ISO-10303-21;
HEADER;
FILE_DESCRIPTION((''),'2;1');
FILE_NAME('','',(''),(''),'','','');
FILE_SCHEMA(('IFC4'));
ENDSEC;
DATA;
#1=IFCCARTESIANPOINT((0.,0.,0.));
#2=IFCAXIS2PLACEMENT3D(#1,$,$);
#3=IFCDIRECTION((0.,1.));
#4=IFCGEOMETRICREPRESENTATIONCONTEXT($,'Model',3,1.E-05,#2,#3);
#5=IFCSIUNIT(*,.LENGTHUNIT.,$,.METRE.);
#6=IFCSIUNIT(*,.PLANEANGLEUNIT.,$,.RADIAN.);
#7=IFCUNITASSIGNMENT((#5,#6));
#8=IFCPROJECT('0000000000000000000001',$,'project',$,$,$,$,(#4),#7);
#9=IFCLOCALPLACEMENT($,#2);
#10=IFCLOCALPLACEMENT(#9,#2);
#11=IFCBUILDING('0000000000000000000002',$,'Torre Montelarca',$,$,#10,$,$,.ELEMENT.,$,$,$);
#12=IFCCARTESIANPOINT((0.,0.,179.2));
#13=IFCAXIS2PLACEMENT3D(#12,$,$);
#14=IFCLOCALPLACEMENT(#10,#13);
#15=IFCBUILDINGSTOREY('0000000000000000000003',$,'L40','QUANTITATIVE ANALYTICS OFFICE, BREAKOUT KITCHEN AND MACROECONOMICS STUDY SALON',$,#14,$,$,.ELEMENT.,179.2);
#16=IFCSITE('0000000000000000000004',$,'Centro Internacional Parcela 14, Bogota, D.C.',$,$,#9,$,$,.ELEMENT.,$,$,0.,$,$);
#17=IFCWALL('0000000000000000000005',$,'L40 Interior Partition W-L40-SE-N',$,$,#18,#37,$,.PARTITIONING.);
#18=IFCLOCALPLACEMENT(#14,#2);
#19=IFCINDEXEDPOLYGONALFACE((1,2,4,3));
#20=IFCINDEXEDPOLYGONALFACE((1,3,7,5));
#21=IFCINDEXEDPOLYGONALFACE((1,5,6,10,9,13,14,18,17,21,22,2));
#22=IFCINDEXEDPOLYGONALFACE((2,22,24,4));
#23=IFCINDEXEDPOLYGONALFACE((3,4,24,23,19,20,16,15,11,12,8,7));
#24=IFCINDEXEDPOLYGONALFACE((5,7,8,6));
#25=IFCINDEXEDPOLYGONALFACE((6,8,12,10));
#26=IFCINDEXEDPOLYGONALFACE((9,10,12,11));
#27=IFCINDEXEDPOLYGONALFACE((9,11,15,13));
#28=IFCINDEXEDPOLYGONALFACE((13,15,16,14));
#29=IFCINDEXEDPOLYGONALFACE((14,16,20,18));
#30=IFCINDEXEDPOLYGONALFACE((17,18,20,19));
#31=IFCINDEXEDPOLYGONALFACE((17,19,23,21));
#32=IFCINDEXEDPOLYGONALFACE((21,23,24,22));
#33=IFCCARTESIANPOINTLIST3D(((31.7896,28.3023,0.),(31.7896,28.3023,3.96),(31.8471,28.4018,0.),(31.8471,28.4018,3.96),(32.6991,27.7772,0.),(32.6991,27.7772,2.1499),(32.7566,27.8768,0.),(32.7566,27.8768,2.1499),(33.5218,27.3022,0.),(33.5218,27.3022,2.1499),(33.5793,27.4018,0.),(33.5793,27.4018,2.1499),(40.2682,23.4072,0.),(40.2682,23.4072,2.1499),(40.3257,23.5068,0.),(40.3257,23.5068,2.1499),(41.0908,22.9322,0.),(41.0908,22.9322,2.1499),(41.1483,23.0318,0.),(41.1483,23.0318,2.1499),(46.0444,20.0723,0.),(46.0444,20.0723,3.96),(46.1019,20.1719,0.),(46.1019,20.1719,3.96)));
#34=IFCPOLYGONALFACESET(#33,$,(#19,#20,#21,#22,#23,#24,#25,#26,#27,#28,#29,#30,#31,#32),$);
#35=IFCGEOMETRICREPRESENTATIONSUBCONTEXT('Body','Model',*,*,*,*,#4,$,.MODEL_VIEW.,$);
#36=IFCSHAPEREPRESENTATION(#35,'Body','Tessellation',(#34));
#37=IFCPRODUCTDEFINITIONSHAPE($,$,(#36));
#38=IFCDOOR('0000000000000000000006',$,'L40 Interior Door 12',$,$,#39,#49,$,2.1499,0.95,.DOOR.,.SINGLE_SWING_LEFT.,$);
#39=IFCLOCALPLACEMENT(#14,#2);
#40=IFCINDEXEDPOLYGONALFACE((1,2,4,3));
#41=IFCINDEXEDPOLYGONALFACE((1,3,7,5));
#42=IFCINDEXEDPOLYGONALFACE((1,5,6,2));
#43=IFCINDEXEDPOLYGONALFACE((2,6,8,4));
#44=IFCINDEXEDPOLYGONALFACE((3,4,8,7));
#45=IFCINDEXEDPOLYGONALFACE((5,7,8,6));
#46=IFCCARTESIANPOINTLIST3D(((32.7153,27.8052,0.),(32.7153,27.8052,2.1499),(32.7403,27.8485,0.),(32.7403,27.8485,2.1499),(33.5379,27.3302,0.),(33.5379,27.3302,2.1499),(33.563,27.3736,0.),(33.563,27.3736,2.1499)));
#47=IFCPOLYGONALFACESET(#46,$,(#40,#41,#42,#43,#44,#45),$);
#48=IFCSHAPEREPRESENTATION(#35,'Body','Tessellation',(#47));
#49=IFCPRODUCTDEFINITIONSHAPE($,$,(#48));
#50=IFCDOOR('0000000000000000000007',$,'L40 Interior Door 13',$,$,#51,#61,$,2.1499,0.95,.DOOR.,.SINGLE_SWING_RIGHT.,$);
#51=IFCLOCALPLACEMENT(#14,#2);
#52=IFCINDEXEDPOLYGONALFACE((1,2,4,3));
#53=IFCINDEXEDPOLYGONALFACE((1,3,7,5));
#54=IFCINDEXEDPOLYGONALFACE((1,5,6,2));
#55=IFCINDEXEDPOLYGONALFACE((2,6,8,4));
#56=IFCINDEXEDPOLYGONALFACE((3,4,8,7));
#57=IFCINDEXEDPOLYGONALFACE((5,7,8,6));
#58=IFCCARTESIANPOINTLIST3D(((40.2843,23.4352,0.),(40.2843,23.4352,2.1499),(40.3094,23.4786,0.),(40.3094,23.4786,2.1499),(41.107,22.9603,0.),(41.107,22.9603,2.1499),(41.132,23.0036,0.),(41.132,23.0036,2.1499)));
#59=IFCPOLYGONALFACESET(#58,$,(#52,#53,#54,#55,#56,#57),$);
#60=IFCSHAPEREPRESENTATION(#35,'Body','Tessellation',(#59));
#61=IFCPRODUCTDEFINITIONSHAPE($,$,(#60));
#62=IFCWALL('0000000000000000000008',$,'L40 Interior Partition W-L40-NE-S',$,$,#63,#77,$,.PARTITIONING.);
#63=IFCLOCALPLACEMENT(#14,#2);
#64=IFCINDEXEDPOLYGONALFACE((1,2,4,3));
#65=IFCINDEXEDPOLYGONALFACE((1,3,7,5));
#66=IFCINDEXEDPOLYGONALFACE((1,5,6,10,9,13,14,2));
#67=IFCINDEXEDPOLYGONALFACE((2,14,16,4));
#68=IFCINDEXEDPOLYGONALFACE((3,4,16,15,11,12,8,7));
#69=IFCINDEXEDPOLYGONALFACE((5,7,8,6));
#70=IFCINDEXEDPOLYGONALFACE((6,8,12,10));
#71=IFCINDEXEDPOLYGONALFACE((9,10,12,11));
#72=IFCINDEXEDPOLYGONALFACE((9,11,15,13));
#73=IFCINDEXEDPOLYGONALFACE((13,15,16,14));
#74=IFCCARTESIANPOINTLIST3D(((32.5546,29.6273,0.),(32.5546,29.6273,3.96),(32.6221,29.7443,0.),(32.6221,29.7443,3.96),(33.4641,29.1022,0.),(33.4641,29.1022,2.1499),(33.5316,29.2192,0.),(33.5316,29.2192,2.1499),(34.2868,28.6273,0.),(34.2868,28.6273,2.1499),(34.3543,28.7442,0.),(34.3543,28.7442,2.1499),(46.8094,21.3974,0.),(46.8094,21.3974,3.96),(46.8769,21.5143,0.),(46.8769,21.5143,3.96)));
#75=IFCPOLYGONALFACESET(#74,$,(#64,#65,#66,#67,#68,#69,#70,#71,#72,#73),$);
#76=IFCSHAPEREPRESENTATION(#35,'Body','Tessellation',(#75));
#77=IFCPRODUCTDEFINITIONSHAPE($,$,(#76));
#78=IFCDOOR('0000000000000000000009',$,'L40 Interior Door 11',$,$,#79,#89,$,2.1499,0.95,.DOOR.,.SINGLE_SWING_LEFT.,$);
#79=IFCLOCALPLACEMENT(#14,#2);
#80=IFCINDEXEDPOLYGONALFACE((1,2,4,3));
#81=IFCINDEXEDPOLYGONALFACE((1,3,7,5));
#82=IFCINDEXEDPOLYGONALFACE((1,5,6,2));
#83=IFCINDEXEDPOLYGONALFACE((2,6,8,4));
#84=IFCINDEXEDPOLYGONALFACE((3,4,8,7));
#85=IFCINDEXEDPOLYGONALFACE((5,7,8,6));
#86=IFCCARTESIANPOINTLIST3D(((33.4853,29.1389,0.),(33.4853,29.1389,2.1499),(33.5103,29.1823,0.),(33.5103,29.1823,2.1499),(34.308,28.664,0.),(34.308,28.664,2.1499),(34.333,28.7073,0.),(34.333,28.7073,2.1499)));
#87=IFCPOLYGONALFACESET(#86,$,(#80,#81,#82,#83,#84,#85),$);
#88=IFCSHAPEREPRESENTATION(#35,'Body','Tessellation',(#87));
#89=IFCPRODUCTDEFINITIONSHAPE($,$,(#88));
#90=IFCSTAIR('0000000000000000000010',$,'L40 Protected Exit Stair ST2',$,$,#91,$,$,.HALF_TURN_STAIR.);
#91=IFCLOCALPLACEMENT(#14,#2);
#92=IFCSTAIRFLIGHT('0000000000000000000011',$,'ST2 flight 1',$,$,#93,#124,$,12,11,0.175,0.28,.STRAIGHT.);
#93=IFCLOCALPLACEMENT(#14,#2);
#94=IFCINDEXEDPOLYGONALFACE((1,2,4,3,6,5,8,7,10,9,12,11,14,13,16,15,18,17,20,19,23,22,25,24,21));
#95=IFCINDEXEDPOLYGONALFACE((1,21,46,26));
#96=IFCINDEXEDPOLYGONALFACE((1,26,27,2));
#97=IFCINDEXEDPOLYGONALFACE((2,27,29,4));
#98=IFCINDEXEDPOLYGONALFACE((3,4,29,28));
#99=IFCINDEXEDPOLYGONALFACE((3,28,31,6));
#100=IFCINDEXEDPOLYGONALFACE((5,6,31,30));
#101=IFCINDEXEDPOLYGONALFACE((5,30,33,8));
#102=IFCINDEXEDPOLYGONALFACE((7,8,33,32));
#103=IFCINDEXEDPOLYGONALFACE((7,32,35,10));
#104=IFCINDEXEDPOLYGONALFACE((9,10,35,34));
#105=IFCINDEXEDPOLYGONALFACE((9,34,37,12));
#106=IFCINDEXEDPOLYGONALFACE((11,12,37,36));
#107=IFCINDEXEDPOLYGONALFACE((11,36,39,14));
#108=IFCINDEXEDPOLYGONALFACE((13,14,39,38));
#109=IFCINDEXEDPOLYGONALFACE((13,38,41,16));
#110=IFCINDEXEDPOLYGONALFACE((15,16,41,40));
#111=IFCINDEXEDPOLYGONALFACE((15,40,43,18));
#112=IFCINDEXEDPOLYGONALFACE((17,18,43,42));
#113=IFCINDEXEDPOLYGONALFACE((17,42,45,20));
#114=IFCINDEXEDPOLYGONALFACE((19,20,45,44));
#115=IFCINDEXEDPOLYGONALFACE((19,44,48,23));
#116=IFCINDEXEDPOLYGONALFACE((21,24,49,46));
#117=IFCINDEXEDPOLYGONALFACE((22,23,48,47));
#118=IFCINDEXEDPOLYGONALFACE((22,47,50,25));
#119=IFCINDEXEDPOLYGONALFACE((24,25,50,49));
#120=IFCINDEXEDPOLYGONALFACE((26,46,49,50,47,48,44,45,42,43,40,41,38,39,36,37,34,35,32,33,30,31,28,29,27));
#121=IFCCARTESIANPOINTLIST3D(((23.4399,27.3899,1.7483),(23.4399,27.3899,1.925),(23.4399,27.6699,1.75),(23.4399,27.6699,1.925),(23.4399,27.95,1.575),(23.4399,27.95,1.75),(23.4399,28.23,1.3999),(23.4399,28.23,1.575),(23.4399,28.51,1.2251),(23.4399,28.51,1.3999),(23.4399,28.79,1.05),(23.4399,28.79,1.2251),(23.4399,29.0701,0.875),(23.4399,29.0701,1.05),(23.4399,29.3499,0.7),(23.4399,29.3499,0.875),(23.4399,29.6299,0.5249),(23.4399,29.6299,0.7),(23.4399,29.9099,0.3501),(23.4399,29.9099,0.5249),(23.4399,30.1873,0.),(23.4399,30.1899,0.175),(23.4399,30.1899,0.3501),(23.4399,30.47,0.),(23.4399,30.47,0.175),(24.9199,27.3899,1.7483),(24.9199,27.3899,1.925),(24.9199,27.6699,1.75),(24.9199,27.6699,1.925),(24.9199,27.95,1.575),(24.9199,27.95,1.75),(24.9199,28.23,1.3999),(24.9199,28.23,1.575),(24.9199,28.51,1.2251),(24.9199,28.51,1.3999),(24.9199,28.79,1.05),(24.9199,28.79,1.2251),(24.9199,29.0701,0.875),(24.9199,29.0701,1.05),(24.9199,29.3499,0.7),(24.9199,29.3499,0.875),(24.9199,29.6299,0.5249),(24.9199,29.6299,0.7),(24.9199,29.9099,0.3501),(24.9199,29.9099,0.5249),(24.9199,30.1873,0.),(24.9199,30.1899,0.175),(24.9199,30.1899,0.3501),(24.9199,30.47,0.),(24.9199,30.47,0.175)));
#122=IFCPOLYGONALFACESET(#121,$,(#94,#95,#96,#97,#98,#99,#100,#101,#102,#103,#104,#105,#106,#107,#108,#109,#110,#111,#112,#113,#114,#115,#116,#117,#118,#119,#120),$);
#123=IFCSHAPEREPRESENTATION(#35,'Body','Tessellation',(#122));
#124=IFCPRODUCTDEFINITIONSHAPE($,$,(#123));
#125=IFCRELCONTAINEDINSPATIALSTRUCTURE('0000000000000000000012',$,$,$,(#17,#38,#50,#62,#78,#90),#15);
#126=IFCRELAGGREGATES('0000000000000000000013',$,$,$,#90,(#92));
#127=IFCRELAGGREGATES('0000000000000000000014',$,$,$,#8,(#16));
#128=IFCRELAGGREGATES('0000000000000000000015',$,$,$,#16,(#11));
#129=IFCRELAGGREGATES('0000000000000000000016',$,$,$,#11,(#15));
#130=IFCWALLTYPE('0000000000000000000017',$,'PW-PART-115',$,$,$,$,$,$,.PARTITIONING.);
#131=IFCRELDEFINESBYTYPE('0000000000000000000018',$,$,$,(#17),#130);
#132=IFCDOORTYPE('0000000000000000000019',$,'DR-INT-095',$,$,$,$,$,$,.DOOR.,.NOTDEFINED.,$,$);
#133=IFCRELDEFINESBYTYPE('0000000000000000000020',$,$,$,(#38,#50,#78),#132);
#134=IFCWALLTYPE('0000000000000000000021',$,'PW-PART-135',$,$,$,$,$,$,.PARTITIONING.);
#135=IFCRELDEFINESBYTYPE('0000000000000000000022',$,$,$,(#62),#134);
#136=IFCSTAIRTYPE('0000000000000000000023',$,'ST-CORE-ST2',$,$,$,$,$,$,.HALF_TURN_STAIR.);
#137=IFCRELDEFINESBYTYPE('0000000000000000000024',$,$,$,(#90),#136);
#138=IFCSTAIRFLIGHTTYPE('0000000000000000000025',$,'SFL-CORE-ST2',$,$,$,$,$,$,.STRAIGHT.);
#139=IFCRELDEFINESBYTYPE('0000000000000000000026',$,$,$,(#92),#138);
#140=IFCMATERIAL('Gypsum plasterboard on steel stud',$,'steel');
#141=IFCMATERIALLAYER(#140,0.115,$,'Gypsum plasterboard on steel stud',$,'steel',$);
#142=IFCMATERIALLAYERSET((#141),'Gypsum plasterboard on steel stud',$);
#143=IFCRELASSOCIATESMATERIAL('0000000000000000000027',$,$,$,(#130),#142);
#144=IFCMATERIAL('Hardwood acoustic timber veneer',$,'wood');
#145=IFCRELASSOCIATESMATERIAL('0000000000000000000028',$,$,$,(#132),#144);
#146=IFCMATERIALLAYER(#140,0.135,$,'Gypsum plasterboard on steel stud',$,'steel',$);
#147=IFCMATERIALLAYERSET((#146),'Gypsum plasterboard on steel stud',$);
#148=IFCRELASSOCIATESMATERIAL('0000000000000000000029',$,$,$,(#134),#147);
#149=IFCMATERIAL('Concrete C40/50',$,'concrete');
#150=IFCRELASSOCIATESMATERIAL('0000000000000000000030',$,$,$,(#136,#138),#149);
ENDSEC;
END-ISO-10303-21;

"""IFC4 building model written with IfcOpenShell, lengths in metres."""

from ifc_helpers import new_model, si_unit, direction, frame, frame_2d, origin, place, context, subcontext, project, spatial, polyline, rectangle, outline, extrude, source, transform, mapped, material, layer, layer_set, type_object, element, fill, aggregate, save


model = new_model("IFC4")

# Units and contexts
model_context = context("Model", 3, precision=1e-05, world=origin(), true_north=direction((0.0, 1.0)))
body_context = subcontext(model_context, "Body", "Model", "MODEL_VIEW")
ifc_project = project(units=[si_unit("LENGTHUNIT", "METRE"), si_unit("PLANEANGLEUNIT", "RADIAN")], contexts=[model_context])

# Site, building, storey
site_placement = place(None, origin())
site = spatial("IfcSite", under=ifc_project, at=site_placement, Name="Centro Internacional Parcela 14, Bogota, D.C.", CompositionType="ELEMENT", RefElevation=0.0)
building_placement = place(site_placement, origin())
building = spatial("IfcBuilding", under=site, at=building_placement, Name="Torre Montelarca", CompositionType="ELEMENT")
storey_placement = place(building_placement, frame((0.0, 0.0, 179.2)))
storey = spatial("IfcBuildingStorey", under=building, at=storey_placement, Name="L40", Description="QUANTITATIVE ANALYTICS OFFICE, BREAKOUT KITCHEN AND MACROECONOMICS STUDY SALON", CompositionType="ELEMENT", Elevation=179.2)

# Shared definitions
ifc_material_1 = material(Name="Concrete C40/50", Category="concrete")

# Shared definitions
ifc_material_2 = material(Name="Gypsum plasterboard on steel stud", Category="steel")

# Wall, openings, doors
ifc_layer_1 = layer(ifc_material_2, 0.115, Name="Gypsum plasterboard on steel stud", Category="steel")
ifc_layer_set_1 = layer_set([ifc_layer_1], Name="Gypsum plasterboard on steel stud")
wall_type_1 = type_object("IfcWallType", Name="PW-PART-115", PredefinedType="PARTITIONING", material=ifc_layer_set_1)
wall_1_placement = place(storey_placement, frame((31.8184, 28.3521, 0.0), z_axis=(0.0, 0.0, 1.0), x_axis=(0.866028, -0.499996, 0.0)))
wall_1 = element("IfcWall", 1, at=wall_1_placement, inside=storey, type_object=wall_type_1, Name="L40 Interior Partition W-L40-SE-N", PredefinedType="PARTITIONING", context=body_context, shape_type="SweptSolid", body=[
    extrude(rectangle(XDim=16.46, YDim=0.115, at=frame_2d((8.23, 0.0))), origin(), (0.0, 0.0, 1.0), 3.96),
])
opening_1_placement = place(wall_1_placement, frame((1.05, 0.0, 0.0)))
opening_1 = element("IfcOpeningElement", 2, at=opening_1_placement, cuts=wall_1, PredefinedType="OPENING", context=body_context, shape_type="SweptSolid", body=[
    extrude(rectangle(XDim=0.95, YDim=2.1499, at=frame_2d((0.4751, 1.075))), frame((0.0, 0.0674, 0.0), z_axis=(0.0, -1.0, 0.0), x_axis=(1.0, 0.0, 0.0)), (0.0, 0.0, 1.0), 0.135),
])
opening_2_placement = place(wall_1_placement, frame((9.79, 0.0, 0.0)))
opening_2 = element("IfcOpeningElement", 3, at=opening_2_placement, cuts=wall_1, PredefinedType="OPENING", context=body_context, shape_type="SweptSolid", body=[
    extrude(rectangle(XDim=0.95, YDim=2.1499, at=frame_2d((0.4751, 1.075))), frame((0.0, 0.0674, 0.0), z_axis=(0.0, -1.0, 0.0), x_axis=(1.0, 0.0, 0.0)), (0.0, 0.0, 1.0), 0.135),
])
ifc_material_3 = material(Name="Hardwood acoustic timber veneer", Category="wood")
door_type_1 = type_object("IfcDoorType", Name="DR-INT-095", OperationType="NOTDEFINED", PredefinedType="DOOR", material=ifc_material_3)
shared_shape_1 = source(origin(), body_context, "Body", "SweptSolid", [
    extrude(rectangle(XDim=0.95, YDim=2.1499, at=frame_2d((0.4751, 1.075))), frame((0.0, 0.0249, 0.0), z_axis=(0.0, -1.0, 0.0), x_axis=(1.0, 0.0, 0.0)), (0.0, 0.0, 1.0), 0.05),
])
door_1_placement = place(opening_1_placement, origin())
door_1 = element("IfcDoor", 4, at=door_1_placement, inside=storey, type_object=door_type_1, Name="L40 Interior Door 12", OperationType="SINGLE_SWING_LEFT", OverallHeight=2.1499, OverallWidth=0.95, PredefinedType="DOOR", context=body_context, shape_type="MappedRepresentation", body=[
    mapped(shared_shape_1, transform((0.0, 0.0, 0.0), scale=1.0)),
])
fill(opening_1, door_1)
door_2_placement = place(opening_2_placement, origin())
door_2 = element("IfcDoor", 5, at=door_2_placement, inside=storey, type_object=door_type_1, Name="L40 Interior Door 13", OperationType="SINGLE_SWING_RIGHT", OverallHeight=2.1499, OverallWidth=0.95, PredefinedType="DOOR", context=body_context, shape_type="MappedRepresentation", body=[
    mapped(shared_shape_1, transform((0.0, 0.0, 0.0), scale=1.0)),
])
fill(opening_2, door_2)

# Wall, opening, door
ifc_layer_2 = layer(ifc_material_2, 0.135, Name="Gypsum plasterboard on steel stud", Category="steel")
ifc_layer_set_2 = layer_set([ifc_layer_2], Name="Gypsum plasterboard on steel stud")
wall_type_2 = type_object("IfcWallType", Name="PW-PART-135", PredefinedType="PARTITIONING", material=ifc_layer_set_2)
wall_2_placement = place(storey_placement, frame((32.5884, 29.6858, 0.0), z_axis=(0.0, 0.0, 1.0), x_axis=(0.866028, -0.499996, 0.0)))
wall_2 = element("IfcWall", 6, at=wall_2_placement, inside=storey, type_object=wall_type_2, Name="L40 Interior Partition W-L40-NE-S", PredefinedType="PARTITIONING", context=body_context, shape_type="SweptSolid", body=[
    extrude(rectangle(XDim=16.46, YDim=0.135, at=frame_2d((8.23, 0.0))), origin(), (0.0, 0.0, 1.0), 3.96),
])
opening_3_placement = place(wall_2_placement, frame((1.05, 0.0, 0.0)))
opening_3 = element("IfcOpeningElement", 7, at=opening_3_placement, cuts=wall_2, PredefinedType="OPENING", context=body_context, shape_type="SweptSolid", body=[
    extrude(rectangle(XDim=0.95, YDim=2.1499, at=frame_2d((0.4751, 1.075))), frame((0.0, 0.0776, 0.0), z_axis=(0.0, -1.0, 0.0), x_axis=(1.0, 0.0, 0.0)), (0.0, 0.0, 1.0), 0.155),
])
door_3_placement = place(opening_3_placement, origin())
door_3 = element("IfcDoor", 8, at=door_3_placement, inside=storey, type_object=door_type_1, Name="L40 Interior Door 11", OperationType="SINGLE_SWING_LEFT", OverallHeight=2.1499, OverallWidth=0.95, PredefinedType="DOOR", context=body_context, shape_type="MappedRepresentation", body=[
    mapped(shared_shape_1, transform((0.0, 0.0, 0.0), scale=1.0)),
])
fill(opening_3, door_3)

# Stair, stair flight
stair_type = type_object("IfcStairType", Name="ST-CORE-ST2", PredefinedType="HALF_TURN_STAIR", material=ifc_material_1)
stair_placement = place(storey_placement, origin())
stair = element("IfcStair", 9, at=stair_placement, inside=storey, type_object=stair_type, Name="L40 Protected Exit Stair ST2", PredefinedType="HALF_TURN_STAIR")
stair_flight_type = type_object("IfcStairFlightType", Name="SFL-CORE-ST2", PredefinedType="STRAIGHT", material=ifc_material_1)
stair_flight_placement = place(storey_placement, frame((24.1799, 30.47, 0.0), z_axis=(0.0, 0.0, 1.0), x_axis=(0.0, -1.0, 0.0)))
stair_flight = element("IfcStairFlight", 10, at=stair_flight_placement, type_object=stair_flight_type, Name="ST2 flight 1", NumberOfRisers=12, NumberOfTreads=11, PredefinedType="STRAIGHT", RiserHeight=0.175, TreadLength=0.28, context=body_context, shape_type="SweptSolid", body=[
    extrude(outline(polyline([(0.0, 0.0), (0.0, 0.175), (0.28, 0.175), (0.28, 0.3501), (0.5601, 0.3501), (0.5601, 0.5249), (0.8401, 0.5249), (0.8401, 0.7), (1.1201, 0.7), (1.1201, 0.875), (1.3999, 0.875), (1.3999, 1.05), (1.6799, 1.05), (1.6799, 1.2251), (1.96, 1.2251), (1.96, 1.3999), (2.24, 1.3999), (2.24, 1.575), (2.52, 1.575), (2.52, 1.75), (2.8, 1.75), (2.8, 1.925), (3.0801, 1.925), (3.0801, 2.1001), (3.0801, 1.7483), (0.2827, 0.0), (0.0, 0.0)])), frame((0.0, 0.74, 0.0), z_axis=(0.0, -1.0, 0.0), x_axis=(1.0, 0.0, 0.0)), (0.0, 0.0, 1.0), 1.48),
])
aggregate(stair, [stair_flight])

save(model, "model.ifc")
